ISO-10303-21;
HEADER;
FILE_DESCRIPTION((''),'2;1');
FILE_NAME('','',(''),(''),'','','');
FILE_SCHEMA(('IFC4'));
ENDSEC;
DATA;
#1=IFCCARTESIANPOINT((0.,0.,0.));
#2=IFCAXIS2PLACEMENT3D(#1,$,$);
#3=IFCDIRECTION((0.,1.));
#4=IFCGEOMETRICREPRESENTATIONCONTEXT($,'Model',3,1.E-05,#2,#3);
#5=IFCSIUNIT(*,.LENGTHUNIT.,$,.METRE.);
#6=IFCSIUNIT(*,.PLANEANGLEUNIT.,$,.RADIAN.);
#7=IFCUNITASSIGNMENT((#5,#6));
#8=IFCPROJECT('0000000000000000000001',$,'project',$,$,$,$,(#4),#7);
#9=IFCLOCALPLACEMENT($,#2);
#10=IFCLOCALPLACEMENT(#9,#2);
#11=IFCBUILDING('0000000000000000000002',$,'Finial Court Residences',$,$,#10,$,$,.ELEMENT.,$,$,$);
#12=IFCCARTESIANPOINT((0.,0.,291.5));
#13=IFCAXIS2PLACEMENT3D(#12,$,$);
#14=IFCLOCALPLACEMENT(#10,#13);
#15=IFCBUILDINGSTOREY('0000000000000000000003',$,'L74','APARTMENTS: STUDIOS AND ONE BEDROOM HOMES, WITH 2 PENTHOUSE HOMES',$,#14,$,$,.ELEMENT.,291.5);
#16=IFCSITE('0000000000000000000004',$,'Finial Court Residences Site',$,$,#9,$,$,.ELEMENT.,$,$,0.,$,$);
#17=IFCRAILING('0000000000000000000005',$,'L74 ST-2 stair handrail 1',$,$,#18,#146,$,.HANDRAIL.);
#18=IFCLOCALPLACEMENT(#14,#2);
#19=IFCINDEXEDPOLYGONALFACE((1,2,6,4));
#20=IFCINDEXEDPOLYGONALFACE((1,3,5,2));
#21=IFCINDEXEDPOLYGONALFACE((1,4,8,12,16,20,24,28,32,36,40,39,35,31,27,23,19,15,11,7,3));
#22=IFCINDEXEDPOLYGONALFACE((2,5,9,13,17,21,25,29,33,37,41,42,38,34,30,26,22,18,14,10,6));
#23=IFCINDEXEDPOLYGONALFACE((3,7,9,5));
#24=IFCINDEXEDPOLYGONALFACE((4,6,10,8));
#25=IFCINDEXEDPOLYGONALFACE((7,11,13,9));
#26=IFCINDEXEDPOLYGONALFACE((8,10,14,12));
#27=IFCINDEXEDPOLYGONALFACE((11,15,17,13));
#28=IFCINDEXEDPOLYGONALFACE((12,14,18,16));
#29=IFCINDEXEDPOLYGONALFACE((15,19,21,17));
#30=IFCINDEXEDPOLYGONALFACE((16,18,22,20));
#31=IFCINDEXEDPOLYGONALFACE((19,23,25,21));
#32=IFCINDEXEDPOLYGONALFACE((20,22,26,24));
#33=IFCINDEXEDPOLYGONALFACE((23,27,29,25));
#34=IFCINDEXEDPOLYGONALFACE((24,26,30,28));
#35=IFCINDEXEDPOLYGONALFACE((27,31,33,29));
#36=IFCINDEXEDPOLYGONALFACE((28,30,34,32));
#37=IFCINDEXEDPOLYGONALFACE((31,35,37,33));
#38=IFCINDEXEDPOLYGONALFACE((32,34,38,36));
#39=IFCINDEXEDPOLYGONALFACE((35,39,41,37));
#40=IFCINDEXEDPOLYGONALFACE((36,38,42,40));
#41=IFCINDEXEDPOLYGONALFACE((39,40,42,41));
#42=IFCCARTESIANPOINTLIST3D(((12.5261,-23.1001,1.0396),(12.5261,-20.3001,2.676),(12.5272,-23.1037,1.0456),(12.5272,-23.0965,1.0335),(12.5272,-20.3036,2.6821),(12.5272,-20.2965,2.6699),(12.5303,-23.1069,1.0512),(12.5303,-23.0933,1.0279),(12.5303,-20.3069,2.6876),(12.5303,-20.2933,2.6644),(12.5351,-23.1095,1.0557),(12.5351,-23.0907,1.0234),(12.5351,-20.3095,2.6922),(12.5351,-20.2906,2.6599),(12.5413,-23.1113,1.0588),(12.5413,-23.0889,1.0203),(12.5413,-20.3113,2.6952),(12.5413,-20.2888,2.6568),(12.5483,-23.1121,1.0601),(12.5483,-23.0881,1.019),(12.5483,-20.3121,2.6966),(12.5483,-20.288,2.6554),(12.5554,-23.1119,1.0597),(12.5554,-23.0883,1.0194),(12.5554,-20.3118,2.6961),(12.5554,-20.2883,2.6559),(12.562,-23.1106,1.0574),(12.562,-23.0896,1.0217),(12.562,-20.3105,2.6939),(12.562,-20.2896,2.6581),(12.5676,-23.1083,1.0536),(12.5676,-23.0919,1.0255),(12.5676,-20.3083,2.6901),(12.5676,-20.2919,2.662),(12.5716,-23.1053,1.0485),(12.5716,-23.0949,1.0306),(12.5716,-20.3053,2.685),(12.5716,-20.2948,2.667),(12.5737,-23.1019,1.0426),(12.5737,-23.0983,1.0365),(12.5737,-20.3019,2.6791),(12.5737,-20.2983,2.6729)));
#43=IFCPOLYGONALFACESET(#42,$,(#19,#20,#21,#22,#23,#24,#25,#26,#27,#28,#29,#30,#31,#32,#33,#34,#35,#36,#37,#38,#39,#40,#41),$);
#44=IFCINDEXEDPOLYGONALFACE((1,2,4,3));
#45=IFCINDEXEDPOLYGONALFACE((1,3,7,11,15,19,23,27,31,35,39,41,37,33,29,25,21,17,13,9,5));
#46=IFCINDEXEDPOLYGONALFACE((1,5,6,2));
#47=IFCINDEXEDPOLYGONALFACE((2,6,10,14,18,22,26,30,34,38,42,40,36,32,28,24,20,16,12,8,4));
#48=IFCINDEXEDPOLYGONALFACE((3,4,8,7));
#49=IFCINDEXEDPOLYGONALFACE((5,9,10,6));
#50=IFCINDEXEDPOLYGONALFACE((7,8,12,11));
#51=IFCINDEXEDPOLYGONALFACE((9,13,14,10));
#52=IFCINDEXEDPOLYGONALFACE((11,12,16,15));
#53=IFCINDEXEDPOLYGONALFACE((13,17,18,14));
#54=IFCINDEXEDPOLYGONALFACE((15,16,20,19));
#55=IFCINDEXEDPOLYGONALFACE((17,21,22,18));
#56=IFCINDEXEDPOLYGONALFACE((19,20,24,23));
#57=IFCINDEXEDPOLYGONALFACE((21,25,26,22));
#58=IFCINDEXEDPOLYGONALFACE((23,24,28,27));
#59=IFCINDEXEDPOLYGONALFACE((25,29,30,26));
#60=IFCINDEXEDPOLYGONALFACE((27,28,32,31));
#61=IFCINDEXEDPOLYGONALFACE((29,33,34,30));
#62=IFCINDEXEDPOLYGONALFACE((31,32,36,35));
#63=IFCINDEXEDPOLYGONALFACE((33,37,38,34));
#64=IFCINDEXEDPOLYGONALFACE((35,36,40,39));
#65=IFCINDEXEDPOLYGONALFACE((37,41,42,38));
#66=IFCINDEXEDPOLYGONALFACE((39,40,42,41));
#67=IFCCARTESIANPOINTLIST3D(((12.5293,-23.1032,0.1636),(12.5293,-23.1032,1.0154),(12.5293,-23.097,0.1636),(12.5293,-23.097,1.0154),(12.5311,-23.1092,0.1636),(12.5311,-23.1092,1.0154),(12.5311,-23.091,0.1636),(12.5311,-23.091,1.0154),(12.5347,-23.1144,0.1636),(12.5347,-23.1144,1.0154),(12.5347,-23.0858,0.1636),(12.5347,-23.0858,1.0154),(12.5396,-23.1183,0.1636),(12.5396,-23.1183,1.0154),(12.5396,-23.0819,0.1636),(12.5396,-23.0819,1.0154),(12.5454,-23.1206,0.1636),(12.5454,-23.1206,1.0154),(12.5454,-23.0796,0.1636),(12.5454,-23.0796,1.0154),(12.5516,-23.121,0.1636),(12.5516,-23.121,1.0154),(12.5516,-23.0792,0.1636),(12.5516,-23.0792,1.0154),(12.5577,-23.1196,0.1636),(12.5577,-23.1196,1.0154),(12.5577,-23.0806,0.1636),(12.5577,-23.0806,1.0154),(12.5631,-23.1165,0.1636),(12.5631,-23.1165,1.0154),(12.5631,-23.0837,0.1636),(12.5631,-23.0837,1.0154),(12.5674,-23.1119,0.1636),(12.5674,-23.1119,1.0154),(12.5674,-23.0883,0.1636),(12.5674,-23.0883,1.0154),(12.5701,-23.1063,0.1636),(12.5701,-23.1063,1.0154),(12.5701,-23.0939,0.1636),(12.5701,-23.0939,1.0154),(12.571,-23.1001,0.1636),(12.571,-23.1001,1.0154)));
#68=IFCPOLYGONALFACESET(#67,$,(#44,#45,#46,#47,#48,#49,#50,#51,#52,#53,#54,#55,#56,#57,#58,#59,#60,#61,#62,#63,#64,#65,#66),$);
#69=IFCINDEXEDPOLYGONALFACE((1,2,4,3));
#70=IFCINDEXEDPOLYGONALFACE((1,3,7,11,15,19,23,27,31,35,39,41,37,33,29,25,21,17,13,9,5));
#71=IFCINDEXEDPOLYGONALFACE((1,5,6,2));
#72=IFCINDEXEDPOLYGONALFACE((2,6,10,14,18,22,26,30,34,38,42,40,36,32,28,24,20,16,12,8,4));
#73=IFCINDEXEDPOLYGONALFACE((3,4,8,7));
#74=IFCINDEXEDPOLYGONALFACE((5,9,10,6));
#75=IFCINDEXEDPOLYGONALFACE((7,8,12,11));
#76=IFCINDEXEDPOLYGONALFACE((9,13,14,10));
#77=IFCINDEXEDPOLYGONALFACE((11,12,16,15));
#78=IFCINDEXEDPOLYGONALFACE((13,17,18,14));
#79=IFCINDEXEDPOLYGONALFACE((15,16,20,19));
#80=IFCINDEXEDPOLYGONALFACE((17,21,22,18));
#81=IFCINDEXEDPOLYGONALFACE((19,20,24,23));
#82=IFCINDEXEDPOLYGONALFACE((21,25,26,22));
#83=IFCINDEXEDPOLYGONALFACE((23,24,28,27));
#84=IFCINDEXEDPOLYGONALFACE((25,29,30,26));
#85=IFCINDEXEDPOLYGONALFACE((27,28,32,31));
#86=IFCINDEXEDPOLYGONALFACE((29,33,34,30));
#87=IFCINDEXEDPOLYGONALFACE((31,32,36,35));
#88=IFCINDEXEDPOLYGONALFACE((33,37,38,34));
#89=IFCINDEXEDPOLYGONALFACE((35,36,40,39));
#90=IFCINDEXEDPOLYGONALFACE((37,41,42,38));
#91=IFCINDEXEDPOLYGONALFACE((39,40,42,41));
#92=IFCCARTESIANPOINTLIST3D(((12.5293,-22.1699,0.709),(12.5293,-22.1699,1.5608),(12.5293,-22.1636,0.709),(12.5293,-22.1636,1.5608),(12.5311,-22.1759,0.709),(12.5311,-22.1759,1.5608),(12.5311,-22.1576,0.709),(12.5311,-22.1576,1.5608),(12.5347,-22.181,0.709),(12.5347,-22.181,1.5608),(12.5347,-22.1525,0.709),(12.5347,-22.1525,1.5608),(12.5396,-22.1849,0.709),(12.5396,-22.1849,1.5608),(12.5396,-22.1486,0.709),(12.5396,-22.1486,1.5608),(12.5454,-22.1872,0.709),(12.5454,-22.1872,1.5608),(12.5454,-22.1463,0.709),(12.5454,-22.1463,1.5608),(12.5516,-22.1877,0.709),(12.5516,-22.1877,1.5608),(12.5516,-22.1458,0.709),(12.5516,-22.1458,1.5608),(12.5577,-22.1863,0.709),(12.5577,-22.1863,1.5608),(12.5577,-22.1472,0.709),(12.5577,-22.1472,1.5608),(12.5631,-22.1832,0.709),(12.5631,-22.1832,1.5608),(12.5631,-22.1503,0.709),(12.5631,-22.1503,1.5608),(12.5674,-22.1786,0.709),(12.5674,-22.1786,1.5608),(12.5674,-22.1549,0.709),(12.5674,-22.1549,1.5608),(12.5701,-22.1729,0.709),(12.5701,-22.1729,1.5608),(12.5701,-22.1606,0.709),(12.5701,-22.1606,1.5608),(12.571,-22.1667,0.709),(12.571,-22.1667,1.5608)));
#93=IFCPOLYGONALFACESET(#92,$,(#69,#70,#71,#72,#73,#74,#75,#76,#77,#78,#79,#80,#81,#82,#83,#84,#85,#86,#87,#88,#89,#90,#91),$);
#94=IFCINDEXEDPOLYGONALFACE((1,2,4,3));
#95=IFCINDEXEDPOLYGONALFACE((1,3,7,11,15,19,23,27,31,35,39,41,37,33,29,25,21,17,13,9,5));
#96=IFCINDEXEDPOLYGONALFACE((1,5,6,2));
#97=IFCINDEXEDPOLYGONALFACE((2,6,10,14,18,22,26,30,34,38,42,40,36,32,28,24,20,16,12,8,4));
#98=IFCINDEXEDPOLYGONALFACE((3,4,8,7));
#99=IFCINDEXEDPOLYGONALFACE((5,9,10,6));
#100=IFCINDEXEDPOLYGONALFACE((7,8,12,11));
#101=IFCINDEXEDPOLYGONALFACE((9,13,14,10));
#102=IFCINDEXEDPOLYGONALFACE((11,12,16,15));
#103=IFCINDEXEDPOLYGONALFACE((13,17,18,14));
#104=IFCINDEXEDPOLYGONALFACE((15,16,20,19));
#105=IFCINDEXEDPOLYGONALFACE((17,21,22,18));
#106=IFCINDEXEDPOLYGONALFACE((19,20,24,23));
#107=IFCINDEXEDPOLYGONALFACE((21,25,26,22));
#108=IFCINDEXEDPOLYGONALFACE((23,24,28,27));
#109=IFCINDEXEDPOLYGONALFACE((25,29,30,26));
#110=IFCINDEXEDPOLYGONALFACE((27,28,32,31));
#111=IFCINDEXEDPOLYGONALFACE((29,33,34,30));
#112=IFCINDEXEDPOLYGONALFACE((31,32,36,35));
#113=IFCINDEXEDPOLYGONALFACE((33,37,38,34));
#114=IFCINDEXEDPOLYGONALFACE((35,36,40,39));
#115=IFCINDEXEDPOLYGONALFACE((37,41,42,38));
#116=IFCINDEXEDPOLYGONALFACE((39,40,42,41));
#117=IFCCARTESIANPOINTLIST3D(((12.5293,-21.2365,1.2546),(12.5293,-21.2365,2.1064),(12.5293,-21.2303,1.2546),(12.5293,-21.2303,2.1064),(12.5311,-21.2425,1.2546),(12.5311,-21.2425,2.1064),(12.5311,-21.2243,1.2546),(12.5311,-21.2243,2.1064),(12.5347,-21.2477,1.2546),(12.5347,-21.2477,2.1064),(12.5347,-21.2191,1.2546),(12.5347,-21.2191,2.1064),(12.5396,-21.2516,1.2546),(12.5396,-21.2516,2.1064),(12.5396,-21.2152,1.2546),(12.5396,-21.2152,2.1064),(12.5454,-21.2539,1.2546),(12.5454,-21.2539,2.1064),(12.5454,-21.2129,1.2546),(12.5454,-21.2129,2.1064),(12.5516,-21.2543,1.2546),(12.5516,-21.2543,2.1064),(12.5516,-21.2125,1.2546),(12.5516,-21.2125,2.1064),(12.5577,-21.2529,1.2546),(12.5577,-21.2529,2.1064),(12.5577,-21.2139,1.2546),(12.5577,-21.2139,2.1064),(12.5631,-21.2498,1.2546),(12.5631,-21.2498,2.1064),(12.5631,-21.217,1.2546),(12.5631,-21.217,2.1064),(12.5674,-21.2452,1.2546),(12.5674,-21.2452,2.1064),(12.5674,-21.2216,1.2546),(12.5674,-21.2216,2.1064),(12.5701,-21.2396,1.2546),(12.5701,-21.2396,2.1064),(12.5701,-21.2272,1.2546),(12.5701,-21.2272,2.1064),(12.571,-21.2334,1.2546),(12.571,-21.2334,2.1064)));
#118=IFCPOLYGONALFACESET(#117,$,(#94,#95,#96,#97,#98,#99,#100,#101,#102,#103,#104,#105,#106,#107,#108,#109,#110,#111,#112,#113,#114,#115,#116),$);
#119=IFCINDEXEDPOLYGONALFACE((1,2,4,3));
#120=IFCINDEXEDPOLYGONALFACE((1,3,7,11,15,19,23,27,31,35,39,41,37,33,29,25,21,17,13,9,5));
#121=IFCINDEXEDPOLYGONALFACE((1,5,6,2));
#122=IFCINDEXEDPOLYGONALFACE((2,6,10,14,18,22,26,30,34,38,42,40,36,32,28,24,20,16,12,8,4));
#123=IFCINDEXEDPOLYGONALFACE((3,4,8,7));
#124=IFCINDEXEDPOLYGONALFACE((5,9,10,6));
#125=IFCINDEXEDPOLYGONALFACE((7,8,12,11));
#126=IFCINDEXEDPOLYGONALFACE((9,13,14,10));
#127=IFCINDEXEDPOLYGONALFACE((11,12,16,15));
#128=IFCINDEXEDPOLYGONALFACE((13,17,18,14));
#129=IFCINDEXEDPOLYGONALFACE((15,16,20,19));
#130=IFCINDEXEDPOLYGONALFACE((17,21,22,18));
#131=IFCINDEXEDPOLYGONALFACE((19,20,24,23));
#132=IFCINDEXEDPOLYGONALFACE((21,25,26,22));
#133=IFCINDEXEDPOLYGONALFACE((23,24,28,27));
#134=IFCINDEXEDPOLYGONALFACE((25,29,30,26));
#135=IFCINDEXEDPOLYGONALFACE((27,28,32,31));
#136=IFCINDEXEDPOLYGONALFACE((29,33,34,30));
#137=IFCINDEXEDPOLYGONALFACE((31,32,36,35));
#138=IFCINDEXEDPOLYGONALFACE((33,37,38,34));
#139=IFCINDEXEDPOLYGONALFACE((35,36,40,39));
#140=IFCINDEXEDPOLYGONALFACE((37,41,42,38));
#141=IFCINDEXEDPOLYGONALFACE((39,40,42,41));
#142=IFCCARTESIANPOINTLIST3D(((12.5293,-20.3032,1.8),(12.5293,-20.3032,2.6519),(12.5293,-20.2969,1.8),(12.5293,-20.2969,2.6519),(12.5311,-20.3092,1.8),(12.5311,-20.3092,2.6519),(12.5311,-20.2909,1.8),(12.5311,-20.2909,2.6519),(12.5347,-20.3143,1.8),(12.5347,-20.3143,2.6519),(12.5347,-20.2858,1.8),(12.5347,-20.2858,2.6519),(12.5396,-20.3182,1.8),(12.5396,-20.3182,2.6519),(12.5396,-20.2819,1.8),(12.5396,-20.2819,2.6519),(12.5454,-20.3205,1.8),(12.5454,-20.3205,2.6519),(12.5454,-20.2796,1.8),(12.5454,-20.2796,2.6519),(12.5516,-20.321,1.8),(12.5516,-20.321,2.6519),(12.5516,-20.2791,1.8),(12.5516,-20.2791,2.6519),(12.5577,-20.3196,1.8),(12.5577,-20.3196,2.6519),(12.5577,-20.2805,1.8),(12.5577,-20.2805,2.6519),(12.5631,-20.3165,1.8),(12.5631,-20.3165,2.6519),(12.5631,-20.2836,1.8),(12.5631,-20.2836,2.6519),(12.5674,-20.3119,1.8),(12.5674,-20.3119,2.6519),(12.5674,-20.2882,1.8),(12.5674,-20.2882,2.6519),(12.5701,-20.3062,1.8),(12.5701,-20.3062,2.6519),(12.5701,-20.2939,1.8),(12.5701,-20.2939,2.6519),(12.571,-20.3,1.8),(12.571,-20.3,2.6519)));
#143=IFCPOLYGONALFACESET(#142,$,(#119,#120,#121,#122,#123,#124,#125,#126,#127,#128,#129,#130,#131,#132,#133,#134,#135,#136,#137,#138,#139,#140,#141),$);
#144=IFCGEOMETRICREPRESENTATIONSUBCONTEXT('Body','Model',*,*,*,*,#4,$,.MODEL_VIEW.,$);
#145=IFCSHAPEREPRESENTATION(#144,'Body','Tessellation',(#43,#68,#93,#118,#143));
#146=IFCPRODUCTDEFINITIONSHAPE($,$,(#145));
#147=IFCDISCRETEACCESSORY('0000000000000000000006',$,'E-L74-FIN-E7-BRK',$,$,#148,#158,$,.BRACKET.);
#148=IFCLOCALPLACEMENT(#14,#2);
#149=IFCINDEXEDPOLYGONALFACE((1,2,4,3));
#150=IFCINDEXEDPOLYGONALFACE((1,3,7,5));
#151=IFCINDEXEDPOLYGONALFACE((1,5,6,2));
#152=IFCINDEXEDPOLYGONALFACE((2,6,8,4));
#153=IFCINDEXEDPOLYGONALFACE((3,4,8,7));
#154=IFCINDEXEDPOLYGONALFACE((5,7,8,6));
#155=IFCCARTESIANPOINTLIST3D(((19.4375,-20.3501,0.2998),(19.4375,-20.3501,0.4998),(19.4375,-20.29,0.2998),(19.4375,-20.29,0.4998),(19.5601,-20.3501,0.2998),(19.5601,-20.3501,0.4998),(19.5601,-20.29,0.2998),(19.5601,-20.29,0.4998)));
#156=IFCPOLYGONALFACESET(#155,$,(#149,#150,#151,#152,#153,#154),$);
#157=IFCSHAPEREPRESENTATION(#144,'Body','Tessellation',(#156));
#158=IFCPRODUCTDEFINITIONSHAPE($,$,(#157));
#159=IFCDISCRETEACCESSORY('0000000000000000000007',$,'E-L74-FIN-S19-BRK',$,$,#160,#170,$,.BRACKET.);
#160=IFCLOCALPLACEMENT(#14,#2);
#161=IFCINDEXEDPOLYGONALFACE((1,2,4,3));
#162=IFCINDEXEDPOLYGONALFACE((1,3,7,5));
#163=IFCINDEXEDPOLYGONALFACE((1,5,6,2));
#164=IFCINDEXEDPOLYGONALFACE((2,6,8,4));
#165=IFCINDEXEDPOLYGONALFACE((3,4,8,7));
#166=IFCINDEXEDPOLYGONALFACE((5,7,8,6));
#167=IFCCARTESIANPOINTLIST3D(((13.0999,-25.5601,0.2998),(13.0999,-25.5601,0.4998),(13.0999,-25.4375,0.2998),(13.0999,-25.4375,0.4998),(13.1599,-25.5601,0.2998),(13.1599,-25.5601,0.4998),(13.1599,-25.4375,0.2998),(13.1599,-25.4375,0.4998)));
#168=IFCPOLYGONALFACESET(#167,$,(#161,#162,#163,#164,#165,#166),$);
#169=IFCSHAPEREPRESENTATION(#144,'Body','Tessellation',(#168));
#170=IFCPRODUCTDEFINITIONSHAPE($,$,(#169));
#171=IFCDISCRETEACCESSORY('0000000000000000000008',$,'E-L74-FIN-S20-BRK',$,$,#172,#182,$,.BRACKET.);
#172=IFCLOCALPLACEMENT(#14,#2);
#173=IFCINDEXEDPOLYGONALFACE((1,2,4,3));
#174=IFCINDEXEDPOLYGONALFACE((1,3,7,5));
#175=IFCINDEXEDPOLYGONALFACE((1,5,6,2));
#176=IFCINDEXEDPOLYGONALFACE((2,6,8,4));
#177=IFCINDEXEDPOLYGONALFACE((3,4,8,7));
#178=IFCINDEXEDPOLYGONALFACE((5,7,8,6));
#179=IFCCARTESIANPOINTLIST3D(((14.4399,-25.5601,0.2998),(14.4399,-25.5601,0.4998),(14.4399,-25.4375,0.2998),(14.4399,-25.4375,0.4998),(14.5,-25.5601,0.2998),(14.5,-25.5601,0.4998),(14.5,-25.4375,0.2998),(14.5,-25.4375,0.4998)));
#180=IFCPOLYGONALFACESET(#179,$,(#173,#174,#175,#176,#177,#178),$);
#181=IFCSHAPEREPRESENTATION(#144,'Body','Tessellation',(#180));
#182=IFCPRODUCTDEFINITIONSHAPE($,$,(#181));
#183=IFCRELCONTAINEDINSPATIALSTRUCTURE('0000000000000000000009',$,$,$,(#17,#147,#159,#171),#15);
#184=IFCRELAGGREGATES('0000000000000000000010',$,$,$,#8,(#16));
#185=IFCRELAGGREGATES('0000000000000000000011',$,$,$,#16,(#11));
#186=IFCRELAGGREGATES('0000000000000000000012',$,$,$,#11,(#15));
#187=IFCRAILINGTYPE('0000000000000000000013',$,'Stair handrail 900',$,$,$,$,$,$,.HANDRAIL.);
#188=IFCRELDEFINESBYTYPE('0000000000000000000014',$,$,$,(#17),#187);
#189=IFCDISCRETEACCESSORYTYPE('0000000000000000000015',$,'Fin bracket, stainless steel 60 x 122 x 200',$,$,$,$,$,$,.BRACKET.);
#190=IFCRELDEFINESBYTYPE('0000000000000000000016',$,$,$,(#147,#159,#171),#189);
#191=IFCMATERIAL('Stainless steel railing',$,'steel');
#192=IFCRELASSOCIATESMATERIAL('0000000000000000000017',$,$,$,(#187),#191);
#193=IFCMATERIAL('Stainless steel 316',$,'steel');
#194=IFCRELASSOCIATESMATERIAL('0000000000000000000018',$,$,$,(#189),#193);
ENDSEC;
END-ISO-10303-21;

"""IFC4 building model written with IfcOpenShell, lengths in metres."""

from ifc_helpers import new_model, si_unit, direction, frame, origin, origin_2d, place, context, subcontext, project, spatial, rectangle, circle, extrude, material, type_object, element, save


model = new_model("IFC4")

# Units and contexts
model_context = context("Model", 3, precision=1e-05, world=origin(), true_north=direction((0.0, 1.0)))
body_context = subcontext(model_context, "Body", "Model", "MODEL_VIEW")
ifc_project = project(units=[si_unit("LENGTHUNIT", "METRE"), si_unit("PLANEANGLEUNIT", "RADIAN")], contexts=[model_context])

# Site, building, storey
site_placement = place(None, origin())
site = spatial("IfcSite", under=ifc_project, at=site_placement, Name="Finial Court Residences Site", CompositionType="ELEMENT", RefElevation=0.0)
building_placement = place(site_placement, origin())
building = spatial("IfcBuilding", under=site, at=building_placement, Name="Finial Court Residences", CompositionType="ELEMENT")
storey_placement = place(building_placement, frame((0.0, 0.0, 291.5)))
storey = spatial("IfcBuildingStorey", under=building, at=storey_placement, Name="L74", Description="APARTMENTS: STUDIOS AND ONE BEDROOM HOMES, WITH 2 PENTHOUSE HOMES", CompositionType="ELEMENT", Elevation=291.5)

# Railing
ifc_material_1 = material(Name="Stainless steel railing", Category="steel")
railing_type = type_object("IfcRailingType", Name="Stair handrail 900", PredefinedType="HANDRAIL", material=ifc_material_1)
railing_placement = place(storey_placement, frame((12.55, -23.1001, 0.1636)))
element("IfcRailing", 1, at=railing_placement, inside=storey, type_object=railing_type, Name="L74 ST-2 stair handrail 1", PredefinedType="HANDRAIL", context=body_context, shape_type="SweptSolid", body=[
    extrude(circle(Radius=0.0239, at=origin_2d()), frame((0.0, 0.0, 0.876), z_axis=(0.0, 0.863361, 0.504587), x_axis=(-1.0, 0.0, 0.0)), (0.0, 0.0, 1.0), 3.2432),
    extrude(circle(Radius=0.021, at=origin_2d()), origin(), (0.0, 0.0, 1.0), 0.8518),
    extrude(circle(Radius=0.021, at=origin_2d()), frame((0.0, 0.9333, 0.5454)), (0.0, 0.0, 1.0), 0.8518),
    extrude(circle(Radius=0.021, at=origin_2d()), frame((0.0, 1.8667, 1.0911)), (0.0, 0.0, 1.0), 0.8518),
    extrude(circle(Radius=0.021, at=origin_2d()), frame((0.0, 2.8, 1.6365)), (0.0, 0.0, 1.0), 0.8518),
])

# Discrete accessories
ifc_material_2 = material(Name="Stainless steel 316", Category="steel")
discrete_accessory_type = type_object("IfcDiscreteAccessoryType", Name="Fin bracket, stainless steel 60 x 122 x 200", PredefinedType="BRACKET", material=ifc_material_2)
discrete_accessory_placement = place(storey_placement, frame((19.4988, -20.3201, 0.2998), z_axis=(0.0, 0.0, 1.0), x_axis=(1.0, 0.0, 0.0)))
element("IfcDiscreteAccessory", 2, at=discrete_accessory_placement, inside=storey, type_object=discrete_accessory_type, Name="E-L74-FIN-E7-BRK", PredefinedType="BRACKET", context=body_context, shape_type="SweptSolid", body=[
    extrude(rectangle(XDim=0.1226, YDim=0.0601, at=origin_2d()), origin(), (0.0, 0.0, 1.0), 0.2),
])
for number, where, z_axis, x_axis, name in (
    (3, (13.1299, -25.4988, 0.2998), (0.0, 0.0, 1.0), (1.0, 0.0, 0.0), "E-L74-FIN-S19-BRK"),
    (4, (14.47, -25.4988, 0.2998), (0.0, 0.0, 1.0), (1.0, 0.0, 0.0), "E-L74-FIN-S20-BRK"),
):
    element("IfcDiscreteAccessory", number, at=place(storey_placement, frame(where, z_axis=z_axis, x_axis=x_axis)), inside=storey, type_object=discrete_accessory_type, Name=name, PredefinedType="BRACKET", context=body_context, shape_type="SweptSolid", body=[
        extrude(rectangle(XDim=0.0601, YDim=0.1226, at=origin_2d()), origin(), (0.0, 0.0, 1.0), 0.2),
    ])

save(model, "model.ifc")
